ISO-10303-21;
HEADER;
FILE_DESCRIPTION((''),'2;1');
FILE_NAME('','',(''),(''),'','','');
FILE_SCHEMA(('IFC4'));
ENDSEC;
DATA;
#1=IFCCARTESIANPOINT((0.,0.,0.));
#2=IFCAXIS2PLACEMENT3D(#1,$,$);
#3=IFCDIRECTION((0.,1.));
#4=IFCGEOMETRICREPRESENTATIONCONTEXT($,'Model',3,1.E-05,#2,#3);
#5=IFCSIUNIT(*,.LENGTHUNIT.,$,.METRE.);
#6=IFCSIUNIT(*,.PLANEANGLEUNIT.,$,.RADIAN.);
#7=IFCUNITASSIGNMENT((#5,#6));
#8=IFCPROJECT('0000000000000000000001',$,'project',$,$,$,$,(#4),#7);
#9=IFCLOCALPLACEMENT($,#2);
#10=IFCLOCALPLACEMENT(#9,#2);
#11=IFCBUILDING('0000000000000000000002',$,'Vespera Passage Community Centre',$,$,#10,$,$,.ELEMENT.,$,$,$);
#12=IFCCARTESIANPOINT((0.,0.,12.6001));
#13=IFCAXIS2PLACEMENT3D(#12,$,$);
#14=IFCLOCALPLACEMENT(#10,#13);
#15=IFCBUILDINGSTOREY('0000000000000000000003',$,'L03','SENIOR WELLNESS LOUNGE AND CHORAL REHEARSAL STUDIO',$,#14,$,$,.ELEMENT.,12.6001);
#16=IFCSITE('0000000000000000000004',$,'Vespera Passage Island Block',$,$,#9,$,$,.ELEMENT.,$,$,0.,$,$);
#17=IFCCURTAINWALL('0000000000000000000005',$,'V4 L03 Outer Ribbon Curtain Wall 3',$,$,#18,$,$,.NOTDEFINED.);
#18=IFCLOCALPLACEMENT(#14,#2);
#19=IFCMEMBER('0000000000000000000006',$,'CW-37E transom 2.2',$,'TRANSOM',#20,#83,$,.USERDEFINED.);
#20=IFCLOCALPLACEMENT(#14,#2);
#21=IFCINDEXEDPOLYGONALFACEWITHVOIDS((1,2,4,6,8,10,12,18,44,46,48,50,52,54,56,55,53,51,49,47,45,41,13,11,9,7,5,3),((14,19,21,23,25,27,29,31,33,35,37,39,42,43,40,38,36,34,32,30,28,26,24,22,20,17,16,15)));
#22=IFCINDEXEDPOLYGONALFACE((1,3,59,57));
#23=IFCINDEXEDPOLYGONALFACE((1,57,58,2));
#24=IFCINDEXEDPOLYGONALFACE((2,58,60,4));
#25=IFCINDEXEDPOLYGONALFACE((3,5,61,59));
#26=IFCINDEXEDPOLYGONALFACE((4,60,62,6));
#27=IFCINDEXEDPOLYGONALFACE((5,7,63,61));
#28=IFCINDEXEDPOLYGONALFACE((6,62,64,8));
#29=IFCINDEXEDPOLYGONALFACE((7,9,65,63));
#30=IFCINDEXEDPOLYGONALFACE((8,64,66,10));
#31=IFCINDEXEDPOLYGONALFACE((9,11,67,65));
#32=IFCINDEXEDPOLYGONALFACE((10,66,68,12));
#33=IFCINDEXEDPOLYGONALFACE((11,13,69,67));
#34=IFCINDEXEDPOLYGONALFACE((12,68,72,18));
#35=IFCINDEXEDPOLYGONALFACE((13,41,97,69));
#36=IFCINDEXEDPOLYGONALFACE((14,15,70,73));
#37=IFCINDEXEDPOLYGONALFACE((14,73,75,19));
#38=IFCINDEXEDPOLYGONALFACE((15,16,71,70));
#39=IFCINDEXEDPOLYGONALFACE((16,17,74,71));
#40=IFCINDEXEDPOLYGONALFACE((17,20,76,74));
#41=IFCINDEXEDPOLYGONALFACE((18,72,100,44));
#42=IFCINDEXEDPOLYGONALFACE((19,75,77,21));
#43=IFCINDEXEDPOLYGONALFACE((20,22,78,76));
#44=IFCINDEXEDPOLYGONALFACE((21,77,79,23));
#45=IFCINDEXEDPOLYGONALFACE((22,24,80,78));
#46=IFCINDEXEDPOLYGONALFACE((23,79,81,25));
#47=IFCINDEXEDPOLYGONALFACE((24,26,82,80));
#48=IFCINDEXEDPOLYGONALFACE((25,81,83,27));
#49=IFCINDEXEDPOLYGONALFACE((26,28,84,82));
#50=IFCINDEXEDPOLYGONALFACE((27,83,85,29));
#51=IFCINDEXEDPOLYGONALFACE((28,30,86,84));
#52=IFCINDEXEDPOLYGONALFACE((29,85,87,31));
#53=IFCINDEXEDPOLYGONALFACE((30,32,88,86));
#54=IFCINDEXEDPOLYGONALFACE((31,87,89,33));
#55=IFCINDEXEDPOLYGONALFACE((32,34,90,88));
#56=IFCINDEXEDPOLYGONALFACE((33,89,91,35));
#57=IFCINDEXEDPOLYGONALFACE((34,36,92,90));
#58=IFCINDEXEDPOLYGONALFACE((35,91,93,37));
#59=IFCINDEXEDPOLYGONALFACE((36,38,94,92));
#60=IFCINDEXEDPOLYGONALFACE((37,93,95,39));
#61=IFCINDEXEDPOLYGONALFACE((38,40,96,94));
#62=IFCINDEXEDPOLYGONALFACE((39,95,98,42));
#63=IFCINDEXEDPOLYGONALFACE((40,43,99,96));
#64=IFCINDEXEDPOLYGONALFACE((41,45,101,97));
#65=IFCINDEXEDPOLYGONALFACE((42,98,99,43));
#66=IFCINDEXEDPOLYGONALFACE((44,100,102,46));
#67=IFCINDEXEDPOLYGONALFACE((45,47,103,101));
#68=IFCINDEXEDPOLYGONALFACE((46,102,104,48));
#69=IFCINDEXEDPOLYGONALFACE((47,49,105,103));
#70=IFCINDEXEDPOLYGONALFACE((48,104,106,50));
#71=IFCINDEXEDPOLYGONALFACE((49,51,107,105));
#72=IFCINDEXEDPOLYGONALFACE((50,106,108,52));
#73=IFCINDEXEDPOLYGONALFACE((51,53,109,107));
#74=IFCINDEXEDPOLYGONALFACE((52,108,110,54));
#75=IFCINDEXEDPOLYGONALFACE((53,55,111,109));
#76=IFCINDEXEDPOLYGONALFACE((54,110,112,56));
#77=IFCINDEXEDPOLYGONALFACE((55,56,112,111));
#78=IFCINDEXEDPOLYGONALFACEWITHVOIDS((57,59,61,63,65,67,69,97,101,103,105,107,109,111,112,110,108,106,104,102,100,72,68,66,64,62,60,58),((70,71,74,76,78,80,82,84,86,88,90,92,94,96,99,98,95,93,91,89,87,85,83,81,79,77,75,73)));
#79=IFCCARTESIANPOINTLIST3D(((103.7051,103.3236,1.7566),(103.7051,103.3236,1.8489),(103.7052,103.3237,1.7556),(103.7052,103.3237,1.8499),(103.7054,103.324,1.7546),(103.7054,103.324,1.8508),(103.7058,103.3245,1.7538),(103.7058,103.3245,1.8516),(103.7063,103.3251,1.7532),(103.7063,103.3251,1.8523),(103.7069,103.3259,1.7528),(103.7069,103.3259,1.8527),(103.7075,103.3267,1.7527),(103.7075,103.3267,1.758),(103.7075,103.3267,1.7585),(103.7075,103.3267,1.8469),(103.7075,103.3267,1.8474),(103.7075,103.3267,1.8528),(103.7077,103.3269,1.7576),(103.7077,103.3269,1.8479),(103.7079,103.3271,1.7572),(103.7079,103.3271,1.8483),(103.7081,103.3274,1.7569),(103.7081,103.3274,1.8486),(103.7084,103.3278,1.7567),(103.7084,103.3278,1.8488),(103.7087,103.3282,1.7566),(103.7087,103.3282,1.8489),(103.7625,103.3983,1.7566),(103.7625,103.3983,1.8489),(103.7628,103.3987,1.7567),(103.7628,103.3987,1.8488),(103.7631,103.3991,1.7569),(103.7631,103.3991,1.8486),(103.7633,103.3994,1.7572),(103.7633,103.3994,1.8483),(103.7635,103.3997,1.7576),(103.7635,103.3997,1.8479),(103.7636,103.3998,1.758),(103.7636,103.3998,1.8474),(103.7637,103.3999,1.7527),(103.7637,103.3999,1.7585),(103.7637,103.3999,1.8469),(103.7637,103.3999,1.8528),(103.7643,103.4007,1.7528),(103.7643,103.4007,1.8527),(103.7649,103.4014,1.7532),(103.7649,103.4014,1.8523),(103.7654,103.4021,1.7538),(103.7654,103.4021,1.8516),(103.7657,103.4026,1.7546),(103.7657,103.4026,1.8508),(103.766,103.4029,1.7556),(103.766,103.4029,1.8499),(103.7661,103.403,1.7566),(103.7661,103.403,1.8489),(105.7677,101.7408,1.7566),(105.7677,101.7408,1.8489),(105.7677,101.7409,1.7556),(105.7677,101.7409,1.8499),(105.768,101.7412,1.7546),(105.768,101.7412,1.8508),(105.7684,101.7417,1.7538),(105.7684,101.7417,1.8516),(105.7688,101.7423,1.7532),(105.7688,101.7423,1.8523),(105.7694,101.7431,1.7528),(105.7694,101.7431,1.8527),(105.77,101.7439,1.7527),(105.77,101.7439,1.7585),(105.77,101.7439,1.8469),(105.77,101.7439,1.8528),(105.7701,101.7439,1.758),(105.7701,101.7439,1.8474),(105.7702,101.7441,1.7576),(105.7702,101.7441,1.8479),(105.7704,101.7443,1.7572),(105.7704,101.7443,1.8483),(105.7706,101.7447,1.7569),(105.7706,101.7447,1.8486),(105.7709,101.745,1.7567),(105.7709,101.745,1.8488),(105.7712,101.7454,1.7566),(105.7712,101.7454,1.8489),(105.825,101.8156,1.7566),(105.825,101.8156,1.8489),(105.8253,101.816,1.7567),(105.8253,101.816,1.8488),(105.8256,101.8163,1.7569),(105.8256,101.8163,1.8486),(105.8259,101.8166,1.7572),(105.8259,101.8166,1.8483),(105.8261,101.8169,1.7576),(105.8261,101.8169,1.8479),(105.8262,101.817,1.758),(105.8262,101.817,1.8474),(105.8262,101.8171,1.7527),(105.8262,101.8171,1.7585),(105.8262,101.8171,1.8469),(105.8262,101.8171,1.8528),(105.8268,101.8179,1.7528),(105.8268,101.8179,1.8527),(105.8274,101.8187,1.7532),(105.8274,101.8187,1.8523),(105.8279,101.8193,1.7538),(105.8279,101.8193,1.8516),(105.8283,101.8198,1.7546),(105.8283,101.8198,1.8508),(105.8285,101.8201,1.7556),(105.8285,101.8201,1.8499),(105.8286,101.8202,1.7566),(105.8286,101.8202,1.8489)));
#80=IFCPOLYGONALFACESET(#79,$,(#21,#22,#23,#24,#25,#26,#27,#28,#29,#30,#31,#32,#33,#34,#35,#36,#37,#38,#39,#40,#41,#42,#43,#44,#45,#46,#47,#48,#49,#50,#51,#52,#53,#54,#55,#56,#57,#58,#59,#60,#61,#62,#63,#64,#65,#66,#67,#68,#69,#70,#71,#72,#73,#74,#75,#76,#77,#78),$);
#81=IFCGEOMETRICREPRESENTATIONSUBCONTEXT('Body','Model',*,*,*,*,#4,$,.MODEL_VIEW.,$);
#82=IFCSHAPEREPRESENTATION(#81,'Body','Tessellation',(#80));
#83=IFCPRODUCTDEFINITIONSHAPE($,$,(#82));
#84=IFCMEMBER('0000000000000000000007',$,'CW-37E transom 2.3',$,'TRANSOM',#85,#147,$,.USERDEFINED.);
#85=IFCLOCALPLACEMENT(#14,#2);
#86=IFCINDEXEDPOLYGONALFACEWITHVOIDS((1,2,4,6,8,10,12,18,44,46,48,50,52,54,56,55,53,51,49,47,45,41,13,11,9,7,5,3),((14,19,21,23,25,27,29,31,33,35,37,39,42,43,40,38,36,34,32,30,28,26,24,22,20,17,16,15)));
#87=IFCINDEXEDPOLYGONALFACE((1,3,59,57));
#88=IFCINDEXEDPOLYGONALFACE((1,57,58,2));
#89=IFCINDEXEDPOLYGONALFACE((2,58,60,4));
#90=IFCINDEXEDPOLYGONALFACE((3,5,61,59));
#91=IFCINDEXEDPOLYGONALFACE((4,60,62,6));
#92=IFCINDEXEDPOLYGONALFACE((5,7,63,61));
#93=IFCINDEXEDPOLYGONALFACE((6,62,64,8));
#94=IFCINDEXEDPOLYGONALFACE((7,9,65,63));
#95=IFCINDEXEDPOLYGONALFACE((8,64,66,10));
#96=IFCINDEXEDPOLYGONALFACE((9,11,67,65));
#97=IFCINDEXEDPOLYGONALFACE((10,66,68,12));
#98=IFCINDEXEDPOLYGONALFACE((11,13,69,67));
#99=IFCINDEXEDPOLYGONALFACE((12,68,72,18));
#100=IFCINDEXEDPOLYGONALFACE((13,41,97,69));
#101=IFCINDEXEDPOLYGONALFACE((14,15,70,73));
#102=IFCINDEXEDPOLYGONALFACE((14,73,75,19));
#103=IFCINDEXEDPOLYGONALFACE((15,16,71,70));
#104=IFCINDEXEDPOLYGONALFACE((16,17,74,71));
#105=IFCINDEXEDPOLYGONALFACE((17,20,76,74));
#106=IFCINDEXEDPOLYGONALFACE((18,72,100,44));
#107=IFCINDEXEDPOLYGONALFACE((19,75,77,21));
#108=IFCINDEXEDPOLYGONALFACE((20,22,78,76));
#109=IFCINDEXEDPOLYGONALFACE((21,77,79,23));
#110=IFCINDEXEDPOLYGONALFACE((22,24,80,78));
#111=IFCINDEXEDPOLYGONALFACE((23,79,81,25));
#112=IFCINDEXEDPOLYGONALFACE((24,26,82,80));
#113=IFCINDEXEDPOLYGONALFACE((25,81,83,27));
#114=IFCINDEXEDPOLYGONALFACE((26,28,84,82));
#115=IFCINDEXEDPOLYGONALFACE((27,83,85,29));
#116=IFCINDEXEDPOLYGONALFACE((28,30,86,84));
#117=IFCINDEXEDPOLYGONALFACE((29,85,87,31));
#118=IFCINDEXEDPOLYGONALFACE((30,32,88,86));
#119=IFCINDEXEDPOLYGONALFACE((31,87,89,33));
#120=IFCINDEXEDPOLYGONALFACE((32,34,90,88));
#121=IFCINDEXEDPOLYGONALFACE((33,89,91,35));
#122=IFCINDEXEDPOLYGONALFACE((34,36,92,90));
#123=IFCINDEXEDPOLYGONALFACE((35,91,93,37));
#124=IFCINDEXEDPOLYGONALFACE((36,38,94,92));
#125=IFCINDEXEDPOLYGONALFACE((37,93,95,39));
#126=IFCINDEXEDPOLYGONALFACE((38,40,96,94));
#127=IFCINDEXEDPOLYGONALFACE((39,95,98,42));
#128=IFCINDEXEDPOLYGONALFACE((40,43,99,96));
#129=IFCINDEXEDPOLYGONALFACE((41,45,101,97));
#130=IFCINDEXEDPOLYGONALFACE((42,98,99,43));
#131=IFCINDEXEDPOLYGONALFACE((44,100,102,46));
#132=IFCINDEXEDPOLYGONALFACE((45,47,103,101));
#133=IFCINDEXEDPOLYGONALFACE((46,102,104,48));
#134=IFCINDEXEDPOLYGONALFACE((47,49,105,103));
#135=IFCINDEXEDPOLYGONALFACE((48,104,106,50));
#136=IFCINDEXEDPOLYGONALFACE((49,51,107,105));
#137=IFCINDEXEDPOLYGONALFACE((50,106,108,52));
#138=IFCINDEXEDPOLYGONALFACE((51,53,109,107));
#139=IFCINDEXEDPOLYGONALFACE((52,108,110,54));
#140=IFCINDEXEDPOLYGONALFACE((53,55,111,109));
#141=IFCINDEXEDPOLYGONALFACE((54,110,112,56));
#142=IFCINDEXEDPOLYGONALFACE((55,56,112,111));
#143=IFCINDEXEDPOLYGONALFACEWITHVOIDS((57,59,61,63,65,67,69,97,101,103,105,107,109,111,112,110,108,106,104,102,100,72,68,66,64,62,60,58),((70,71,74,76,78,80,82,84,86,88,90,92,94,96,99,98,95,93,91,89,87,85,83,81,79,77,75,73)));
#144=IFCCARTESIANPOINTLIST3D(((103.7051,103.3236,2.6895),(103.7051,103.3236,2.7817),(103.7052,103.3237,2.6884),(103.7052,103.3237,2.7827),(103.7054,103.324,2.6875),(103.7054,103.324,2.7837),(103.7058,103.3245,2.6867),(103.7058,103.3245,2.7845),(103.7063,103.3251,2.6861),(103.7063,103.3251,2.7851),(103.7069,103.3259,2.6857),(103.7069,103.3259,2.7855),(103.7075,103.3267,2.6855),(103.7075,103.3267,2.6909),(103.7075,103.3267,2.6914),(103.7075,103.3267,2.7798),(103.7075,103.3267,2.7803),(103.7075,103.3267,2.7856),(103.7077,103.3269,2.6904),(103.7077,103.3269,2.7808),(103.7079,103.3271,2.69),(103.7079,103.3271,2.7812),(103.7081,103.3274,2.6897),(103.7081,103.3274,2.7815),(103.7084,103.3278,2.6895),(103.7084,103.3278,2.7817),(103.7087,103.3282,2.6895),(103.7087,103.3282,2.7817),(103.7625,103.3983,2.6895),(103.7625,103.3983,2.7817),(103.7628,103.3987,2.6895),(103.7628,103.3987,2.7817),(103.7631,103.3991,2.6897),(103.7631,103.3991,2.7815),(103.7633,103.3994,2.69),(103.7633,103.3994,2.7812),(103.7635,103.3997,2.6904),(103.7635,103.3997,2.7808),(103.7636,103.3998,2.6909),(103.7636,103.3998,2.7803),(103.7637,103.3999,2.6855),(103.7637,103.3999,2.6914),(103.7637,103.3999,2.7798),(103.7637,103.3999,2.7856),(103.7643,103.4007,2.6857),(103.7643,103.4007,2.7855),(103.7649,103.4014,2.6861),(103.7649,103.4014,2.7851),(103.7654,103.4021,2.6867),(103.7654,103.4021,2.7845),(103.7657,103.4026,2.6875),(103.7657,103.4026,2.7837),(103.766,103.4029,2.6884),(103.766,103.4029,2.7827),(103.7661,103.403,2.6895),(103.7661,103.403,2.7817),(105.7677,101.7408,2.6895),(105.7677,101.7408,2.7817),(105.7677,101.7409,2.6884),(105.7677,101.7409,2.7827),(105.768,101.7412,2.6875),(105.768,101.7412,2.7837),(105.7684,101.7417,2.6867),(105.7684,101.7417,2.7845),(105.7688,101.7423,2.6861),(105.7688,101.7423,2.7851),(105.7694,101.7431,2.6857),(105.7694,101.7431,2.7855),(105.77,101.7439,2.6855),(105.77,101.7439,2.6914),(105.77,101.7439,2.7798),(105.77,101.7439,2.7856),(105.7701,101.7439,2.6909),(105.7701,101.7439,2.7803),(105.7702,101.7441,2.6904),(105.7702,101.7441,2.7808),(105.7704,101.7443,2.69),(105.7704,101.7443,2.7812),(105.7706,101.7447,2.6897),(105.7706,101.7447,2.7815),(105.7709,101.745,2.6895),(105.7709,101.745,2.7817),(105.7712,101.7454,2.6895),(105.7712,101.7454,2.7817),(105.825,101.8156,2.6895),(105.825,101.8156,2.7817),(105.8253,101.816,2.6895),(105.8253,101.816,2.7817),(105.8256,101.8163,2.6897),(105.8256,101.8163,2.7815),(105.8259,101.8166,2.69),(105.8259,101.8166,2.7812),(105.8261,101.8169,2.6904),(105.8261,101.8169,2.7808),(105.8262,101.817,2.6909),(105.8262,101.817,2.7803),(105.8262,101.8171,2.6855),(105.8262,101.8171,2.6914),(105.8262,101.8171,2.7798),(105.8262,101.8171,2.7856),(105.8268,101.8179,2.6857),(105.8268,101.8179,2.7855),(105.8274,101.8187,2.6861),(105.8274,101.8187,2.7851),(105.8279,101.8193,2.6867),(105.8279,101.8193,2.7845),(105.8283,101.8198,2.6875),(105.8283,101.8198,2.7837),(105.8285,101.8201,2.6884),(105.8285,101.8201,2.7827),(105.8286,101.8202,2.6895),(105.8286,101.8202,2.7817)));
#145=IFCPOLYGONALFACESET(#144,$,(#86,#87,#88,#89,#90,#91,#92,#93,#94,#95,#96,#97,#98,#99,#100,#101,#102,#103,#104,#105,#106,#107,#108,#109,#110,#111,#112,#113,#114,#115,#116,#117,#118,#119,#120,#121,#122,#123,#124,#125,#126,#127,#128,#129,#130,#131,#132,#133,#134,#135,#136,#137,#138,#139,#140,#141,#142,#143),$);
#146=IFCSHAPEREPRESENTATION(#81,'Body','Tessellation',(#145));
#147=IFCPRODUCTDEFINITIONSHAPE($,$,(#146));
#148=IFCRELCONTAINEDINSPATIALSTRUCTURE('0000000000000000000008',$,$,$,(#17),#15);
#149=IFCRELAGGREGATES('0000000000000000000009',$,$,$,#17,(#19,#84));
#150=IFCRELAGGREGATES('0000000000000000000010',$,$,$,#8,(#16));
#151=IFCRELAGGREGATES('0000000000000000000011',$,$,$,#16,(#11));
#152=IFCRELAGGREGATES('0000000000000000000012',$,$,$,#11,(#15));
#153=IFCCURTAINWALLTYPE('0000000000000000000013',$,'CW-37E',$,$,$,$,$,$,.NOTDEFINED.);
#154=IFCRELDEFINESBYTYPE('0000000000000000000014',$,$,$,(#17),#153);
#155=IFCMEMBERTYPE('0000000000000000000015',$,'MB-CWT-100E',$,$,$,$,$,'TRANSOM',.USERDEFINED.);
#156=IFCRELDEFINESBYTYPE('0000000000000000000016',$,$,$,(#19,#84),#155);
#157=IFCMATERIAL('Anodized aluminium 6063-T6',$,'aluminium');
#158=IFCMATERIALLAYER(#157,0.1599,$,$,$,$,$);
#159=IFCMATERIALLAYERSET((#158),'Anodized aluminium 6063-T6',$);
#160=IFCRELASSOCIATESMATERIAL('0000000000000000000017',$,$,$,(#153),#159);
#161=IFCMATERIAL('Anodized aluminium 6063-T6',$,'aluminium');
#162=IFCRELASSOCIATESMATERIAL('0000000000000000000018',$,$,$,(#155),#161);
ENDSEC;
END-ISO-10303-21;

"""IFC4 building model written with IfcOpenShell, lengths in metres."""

from ifc_helpers import new_model, si_unit, direction, frame, origin, origin_2d, place, context, subcontext, project, spatial, hollow_rectangle, extrude, material, layer, layer_set, material_profile, profile_set, type_object, element, aggregate, save


model = new_model("IFC4")

# Units and contexts
model_context = context("Model", 3, precision=1e-05, world=origin(), true_north=direction((0.0, 1.0)))
body_context = subcontext(model_context, "Body", "Model", "MODEL_VIEW")
ifc_project = project(units=[si_unit("LENGTHUNIT", "METRE"), si_unit("PLANEANGLEUNIT", "RADIAN")], contexts=[model_context])

# Site, building, storey
site_placement = place(None, origin())
site = spatial("IfcSite", under=ifc_project, at=site_placement, Name="Vespera Passage Island Block", CompositionType="ELEMENT", RefElevation=0.0)
building_placement = place(site_placement, origin())
building = spatial("IfcBuilding", under=site, at=building_placement, Name="Vespera Passage Community Centre", CompositionType="ELEMENT")
storey_placement = place(building_placement, frame((0.0, 0.0, 12.6001)))
storey = spatial("IfcBuildingStorey", under=building, at=storey_placement, Name="L03", Description="SENIOR WELLNESS LOUNGE AND CHORAL REHEARSAL STUDIO", CompositionType="ELEMENT", Elevation=12.6001)

# Curtain wall, members
ifc_material_1 = material(Name="Anodized aluminium 6063-T6", Category="aluminium")
ifc_layer_1 = layer(ifc_material_1, 0.1599)
ifc_layer_set_1 = layer_set([ifc_layer_1], Name="Anodized aluminium 6063-T6")
curtain_wall_type = type_object("IfcCurtainWallType", Name="CW-37E", PredefinedType="NOTDEFINED", material=ifc_layer_set_1)
curtain_wall_placement = place(storey_placement, origin())
curtain_wall = element("IfcCurtainWall", 1, at=curtain_wall_placement, inside=storey, type_object=curtain_wall_type, Name="V4 L03 Outer Ribbon Curtain Wall 3", PredefinedType="NOTDEFINED")
ifc_material_2 = material(Name="Anodized aluminium 6063-T6", Category="aluminium")
ifc_material_profile_1 = material_profile(ifc_material_2, hollow_rectangle(XDim=0.1001, YDim=0.1001, WallThickness=0.0039, InnerFilletRadius=0.002, OuterFilletRadius=0.0039, at=origin_2d()), Name="ALU100X100X4")
ifc_profile_set_1 = profile_set([ifc_material_profile_1], Name="Anodized aluminium 6063-T6")
member_type_1 = type_object("IfcMemberType", Name="MB-CWT-100E", ElementType="TRANSOM", PredefinedType="USERDEFINED", material=ifc_profile_set_1)
member_1_placement = place(storey_placement, frame((103.7356, 103.3633, 1.8027), z_axis=(0.793325, -0.608798, 0.0), x_axis=(0.608798, 0.793325, 0.0)))
member_1 = element("IfcMember", 2, at=member_1_placement, type_object=member_type_1, Name="CW-37E transom 2.2", ObjectType="TRANSOM", PredefinedType="USERDEFINED", context=body_context, shape_type="SweptSolid", body=[
    extrude(hollow_rectangle(XDim=0.1001, YDim=0.1001, WallThickness=0.0039, InnerFilletRadius=0.002, OuterFilletRadius=0.0039, at=origin_2d()), origin(), (0.0, 0.0, 1.0), 2.5999),
])
member_2_placement = place(storey_placement, frame((103.7356, 103.3633, 2.7356), z_axis=(0.793325, -0.608798, 0.0), x_axis=(0.608798, 0.793325, 0.0)))
member_2 = element("IfcMember", 3, at=member_2_placement, type_object=member_type_1, Name="CW-37E transom 2.3", ObjectType="TRANSOM", PredefinedType="USERDEFINED", context=body_context, shape_type="SweptSolid", body=[
    extrude(hollow_rectangle(XDim=0.1001, YDim=0.1001, WallThickness=0.0039, InnerFilletRadius=0.002, OuterFilletRadius=0.0039, at=origin_2d()), origin(), (0.0, 0.0, 1.0), 2.5999),
])
aggregate(curtain_wall, [member_1, member_2])

save(model, "model.ifc")
